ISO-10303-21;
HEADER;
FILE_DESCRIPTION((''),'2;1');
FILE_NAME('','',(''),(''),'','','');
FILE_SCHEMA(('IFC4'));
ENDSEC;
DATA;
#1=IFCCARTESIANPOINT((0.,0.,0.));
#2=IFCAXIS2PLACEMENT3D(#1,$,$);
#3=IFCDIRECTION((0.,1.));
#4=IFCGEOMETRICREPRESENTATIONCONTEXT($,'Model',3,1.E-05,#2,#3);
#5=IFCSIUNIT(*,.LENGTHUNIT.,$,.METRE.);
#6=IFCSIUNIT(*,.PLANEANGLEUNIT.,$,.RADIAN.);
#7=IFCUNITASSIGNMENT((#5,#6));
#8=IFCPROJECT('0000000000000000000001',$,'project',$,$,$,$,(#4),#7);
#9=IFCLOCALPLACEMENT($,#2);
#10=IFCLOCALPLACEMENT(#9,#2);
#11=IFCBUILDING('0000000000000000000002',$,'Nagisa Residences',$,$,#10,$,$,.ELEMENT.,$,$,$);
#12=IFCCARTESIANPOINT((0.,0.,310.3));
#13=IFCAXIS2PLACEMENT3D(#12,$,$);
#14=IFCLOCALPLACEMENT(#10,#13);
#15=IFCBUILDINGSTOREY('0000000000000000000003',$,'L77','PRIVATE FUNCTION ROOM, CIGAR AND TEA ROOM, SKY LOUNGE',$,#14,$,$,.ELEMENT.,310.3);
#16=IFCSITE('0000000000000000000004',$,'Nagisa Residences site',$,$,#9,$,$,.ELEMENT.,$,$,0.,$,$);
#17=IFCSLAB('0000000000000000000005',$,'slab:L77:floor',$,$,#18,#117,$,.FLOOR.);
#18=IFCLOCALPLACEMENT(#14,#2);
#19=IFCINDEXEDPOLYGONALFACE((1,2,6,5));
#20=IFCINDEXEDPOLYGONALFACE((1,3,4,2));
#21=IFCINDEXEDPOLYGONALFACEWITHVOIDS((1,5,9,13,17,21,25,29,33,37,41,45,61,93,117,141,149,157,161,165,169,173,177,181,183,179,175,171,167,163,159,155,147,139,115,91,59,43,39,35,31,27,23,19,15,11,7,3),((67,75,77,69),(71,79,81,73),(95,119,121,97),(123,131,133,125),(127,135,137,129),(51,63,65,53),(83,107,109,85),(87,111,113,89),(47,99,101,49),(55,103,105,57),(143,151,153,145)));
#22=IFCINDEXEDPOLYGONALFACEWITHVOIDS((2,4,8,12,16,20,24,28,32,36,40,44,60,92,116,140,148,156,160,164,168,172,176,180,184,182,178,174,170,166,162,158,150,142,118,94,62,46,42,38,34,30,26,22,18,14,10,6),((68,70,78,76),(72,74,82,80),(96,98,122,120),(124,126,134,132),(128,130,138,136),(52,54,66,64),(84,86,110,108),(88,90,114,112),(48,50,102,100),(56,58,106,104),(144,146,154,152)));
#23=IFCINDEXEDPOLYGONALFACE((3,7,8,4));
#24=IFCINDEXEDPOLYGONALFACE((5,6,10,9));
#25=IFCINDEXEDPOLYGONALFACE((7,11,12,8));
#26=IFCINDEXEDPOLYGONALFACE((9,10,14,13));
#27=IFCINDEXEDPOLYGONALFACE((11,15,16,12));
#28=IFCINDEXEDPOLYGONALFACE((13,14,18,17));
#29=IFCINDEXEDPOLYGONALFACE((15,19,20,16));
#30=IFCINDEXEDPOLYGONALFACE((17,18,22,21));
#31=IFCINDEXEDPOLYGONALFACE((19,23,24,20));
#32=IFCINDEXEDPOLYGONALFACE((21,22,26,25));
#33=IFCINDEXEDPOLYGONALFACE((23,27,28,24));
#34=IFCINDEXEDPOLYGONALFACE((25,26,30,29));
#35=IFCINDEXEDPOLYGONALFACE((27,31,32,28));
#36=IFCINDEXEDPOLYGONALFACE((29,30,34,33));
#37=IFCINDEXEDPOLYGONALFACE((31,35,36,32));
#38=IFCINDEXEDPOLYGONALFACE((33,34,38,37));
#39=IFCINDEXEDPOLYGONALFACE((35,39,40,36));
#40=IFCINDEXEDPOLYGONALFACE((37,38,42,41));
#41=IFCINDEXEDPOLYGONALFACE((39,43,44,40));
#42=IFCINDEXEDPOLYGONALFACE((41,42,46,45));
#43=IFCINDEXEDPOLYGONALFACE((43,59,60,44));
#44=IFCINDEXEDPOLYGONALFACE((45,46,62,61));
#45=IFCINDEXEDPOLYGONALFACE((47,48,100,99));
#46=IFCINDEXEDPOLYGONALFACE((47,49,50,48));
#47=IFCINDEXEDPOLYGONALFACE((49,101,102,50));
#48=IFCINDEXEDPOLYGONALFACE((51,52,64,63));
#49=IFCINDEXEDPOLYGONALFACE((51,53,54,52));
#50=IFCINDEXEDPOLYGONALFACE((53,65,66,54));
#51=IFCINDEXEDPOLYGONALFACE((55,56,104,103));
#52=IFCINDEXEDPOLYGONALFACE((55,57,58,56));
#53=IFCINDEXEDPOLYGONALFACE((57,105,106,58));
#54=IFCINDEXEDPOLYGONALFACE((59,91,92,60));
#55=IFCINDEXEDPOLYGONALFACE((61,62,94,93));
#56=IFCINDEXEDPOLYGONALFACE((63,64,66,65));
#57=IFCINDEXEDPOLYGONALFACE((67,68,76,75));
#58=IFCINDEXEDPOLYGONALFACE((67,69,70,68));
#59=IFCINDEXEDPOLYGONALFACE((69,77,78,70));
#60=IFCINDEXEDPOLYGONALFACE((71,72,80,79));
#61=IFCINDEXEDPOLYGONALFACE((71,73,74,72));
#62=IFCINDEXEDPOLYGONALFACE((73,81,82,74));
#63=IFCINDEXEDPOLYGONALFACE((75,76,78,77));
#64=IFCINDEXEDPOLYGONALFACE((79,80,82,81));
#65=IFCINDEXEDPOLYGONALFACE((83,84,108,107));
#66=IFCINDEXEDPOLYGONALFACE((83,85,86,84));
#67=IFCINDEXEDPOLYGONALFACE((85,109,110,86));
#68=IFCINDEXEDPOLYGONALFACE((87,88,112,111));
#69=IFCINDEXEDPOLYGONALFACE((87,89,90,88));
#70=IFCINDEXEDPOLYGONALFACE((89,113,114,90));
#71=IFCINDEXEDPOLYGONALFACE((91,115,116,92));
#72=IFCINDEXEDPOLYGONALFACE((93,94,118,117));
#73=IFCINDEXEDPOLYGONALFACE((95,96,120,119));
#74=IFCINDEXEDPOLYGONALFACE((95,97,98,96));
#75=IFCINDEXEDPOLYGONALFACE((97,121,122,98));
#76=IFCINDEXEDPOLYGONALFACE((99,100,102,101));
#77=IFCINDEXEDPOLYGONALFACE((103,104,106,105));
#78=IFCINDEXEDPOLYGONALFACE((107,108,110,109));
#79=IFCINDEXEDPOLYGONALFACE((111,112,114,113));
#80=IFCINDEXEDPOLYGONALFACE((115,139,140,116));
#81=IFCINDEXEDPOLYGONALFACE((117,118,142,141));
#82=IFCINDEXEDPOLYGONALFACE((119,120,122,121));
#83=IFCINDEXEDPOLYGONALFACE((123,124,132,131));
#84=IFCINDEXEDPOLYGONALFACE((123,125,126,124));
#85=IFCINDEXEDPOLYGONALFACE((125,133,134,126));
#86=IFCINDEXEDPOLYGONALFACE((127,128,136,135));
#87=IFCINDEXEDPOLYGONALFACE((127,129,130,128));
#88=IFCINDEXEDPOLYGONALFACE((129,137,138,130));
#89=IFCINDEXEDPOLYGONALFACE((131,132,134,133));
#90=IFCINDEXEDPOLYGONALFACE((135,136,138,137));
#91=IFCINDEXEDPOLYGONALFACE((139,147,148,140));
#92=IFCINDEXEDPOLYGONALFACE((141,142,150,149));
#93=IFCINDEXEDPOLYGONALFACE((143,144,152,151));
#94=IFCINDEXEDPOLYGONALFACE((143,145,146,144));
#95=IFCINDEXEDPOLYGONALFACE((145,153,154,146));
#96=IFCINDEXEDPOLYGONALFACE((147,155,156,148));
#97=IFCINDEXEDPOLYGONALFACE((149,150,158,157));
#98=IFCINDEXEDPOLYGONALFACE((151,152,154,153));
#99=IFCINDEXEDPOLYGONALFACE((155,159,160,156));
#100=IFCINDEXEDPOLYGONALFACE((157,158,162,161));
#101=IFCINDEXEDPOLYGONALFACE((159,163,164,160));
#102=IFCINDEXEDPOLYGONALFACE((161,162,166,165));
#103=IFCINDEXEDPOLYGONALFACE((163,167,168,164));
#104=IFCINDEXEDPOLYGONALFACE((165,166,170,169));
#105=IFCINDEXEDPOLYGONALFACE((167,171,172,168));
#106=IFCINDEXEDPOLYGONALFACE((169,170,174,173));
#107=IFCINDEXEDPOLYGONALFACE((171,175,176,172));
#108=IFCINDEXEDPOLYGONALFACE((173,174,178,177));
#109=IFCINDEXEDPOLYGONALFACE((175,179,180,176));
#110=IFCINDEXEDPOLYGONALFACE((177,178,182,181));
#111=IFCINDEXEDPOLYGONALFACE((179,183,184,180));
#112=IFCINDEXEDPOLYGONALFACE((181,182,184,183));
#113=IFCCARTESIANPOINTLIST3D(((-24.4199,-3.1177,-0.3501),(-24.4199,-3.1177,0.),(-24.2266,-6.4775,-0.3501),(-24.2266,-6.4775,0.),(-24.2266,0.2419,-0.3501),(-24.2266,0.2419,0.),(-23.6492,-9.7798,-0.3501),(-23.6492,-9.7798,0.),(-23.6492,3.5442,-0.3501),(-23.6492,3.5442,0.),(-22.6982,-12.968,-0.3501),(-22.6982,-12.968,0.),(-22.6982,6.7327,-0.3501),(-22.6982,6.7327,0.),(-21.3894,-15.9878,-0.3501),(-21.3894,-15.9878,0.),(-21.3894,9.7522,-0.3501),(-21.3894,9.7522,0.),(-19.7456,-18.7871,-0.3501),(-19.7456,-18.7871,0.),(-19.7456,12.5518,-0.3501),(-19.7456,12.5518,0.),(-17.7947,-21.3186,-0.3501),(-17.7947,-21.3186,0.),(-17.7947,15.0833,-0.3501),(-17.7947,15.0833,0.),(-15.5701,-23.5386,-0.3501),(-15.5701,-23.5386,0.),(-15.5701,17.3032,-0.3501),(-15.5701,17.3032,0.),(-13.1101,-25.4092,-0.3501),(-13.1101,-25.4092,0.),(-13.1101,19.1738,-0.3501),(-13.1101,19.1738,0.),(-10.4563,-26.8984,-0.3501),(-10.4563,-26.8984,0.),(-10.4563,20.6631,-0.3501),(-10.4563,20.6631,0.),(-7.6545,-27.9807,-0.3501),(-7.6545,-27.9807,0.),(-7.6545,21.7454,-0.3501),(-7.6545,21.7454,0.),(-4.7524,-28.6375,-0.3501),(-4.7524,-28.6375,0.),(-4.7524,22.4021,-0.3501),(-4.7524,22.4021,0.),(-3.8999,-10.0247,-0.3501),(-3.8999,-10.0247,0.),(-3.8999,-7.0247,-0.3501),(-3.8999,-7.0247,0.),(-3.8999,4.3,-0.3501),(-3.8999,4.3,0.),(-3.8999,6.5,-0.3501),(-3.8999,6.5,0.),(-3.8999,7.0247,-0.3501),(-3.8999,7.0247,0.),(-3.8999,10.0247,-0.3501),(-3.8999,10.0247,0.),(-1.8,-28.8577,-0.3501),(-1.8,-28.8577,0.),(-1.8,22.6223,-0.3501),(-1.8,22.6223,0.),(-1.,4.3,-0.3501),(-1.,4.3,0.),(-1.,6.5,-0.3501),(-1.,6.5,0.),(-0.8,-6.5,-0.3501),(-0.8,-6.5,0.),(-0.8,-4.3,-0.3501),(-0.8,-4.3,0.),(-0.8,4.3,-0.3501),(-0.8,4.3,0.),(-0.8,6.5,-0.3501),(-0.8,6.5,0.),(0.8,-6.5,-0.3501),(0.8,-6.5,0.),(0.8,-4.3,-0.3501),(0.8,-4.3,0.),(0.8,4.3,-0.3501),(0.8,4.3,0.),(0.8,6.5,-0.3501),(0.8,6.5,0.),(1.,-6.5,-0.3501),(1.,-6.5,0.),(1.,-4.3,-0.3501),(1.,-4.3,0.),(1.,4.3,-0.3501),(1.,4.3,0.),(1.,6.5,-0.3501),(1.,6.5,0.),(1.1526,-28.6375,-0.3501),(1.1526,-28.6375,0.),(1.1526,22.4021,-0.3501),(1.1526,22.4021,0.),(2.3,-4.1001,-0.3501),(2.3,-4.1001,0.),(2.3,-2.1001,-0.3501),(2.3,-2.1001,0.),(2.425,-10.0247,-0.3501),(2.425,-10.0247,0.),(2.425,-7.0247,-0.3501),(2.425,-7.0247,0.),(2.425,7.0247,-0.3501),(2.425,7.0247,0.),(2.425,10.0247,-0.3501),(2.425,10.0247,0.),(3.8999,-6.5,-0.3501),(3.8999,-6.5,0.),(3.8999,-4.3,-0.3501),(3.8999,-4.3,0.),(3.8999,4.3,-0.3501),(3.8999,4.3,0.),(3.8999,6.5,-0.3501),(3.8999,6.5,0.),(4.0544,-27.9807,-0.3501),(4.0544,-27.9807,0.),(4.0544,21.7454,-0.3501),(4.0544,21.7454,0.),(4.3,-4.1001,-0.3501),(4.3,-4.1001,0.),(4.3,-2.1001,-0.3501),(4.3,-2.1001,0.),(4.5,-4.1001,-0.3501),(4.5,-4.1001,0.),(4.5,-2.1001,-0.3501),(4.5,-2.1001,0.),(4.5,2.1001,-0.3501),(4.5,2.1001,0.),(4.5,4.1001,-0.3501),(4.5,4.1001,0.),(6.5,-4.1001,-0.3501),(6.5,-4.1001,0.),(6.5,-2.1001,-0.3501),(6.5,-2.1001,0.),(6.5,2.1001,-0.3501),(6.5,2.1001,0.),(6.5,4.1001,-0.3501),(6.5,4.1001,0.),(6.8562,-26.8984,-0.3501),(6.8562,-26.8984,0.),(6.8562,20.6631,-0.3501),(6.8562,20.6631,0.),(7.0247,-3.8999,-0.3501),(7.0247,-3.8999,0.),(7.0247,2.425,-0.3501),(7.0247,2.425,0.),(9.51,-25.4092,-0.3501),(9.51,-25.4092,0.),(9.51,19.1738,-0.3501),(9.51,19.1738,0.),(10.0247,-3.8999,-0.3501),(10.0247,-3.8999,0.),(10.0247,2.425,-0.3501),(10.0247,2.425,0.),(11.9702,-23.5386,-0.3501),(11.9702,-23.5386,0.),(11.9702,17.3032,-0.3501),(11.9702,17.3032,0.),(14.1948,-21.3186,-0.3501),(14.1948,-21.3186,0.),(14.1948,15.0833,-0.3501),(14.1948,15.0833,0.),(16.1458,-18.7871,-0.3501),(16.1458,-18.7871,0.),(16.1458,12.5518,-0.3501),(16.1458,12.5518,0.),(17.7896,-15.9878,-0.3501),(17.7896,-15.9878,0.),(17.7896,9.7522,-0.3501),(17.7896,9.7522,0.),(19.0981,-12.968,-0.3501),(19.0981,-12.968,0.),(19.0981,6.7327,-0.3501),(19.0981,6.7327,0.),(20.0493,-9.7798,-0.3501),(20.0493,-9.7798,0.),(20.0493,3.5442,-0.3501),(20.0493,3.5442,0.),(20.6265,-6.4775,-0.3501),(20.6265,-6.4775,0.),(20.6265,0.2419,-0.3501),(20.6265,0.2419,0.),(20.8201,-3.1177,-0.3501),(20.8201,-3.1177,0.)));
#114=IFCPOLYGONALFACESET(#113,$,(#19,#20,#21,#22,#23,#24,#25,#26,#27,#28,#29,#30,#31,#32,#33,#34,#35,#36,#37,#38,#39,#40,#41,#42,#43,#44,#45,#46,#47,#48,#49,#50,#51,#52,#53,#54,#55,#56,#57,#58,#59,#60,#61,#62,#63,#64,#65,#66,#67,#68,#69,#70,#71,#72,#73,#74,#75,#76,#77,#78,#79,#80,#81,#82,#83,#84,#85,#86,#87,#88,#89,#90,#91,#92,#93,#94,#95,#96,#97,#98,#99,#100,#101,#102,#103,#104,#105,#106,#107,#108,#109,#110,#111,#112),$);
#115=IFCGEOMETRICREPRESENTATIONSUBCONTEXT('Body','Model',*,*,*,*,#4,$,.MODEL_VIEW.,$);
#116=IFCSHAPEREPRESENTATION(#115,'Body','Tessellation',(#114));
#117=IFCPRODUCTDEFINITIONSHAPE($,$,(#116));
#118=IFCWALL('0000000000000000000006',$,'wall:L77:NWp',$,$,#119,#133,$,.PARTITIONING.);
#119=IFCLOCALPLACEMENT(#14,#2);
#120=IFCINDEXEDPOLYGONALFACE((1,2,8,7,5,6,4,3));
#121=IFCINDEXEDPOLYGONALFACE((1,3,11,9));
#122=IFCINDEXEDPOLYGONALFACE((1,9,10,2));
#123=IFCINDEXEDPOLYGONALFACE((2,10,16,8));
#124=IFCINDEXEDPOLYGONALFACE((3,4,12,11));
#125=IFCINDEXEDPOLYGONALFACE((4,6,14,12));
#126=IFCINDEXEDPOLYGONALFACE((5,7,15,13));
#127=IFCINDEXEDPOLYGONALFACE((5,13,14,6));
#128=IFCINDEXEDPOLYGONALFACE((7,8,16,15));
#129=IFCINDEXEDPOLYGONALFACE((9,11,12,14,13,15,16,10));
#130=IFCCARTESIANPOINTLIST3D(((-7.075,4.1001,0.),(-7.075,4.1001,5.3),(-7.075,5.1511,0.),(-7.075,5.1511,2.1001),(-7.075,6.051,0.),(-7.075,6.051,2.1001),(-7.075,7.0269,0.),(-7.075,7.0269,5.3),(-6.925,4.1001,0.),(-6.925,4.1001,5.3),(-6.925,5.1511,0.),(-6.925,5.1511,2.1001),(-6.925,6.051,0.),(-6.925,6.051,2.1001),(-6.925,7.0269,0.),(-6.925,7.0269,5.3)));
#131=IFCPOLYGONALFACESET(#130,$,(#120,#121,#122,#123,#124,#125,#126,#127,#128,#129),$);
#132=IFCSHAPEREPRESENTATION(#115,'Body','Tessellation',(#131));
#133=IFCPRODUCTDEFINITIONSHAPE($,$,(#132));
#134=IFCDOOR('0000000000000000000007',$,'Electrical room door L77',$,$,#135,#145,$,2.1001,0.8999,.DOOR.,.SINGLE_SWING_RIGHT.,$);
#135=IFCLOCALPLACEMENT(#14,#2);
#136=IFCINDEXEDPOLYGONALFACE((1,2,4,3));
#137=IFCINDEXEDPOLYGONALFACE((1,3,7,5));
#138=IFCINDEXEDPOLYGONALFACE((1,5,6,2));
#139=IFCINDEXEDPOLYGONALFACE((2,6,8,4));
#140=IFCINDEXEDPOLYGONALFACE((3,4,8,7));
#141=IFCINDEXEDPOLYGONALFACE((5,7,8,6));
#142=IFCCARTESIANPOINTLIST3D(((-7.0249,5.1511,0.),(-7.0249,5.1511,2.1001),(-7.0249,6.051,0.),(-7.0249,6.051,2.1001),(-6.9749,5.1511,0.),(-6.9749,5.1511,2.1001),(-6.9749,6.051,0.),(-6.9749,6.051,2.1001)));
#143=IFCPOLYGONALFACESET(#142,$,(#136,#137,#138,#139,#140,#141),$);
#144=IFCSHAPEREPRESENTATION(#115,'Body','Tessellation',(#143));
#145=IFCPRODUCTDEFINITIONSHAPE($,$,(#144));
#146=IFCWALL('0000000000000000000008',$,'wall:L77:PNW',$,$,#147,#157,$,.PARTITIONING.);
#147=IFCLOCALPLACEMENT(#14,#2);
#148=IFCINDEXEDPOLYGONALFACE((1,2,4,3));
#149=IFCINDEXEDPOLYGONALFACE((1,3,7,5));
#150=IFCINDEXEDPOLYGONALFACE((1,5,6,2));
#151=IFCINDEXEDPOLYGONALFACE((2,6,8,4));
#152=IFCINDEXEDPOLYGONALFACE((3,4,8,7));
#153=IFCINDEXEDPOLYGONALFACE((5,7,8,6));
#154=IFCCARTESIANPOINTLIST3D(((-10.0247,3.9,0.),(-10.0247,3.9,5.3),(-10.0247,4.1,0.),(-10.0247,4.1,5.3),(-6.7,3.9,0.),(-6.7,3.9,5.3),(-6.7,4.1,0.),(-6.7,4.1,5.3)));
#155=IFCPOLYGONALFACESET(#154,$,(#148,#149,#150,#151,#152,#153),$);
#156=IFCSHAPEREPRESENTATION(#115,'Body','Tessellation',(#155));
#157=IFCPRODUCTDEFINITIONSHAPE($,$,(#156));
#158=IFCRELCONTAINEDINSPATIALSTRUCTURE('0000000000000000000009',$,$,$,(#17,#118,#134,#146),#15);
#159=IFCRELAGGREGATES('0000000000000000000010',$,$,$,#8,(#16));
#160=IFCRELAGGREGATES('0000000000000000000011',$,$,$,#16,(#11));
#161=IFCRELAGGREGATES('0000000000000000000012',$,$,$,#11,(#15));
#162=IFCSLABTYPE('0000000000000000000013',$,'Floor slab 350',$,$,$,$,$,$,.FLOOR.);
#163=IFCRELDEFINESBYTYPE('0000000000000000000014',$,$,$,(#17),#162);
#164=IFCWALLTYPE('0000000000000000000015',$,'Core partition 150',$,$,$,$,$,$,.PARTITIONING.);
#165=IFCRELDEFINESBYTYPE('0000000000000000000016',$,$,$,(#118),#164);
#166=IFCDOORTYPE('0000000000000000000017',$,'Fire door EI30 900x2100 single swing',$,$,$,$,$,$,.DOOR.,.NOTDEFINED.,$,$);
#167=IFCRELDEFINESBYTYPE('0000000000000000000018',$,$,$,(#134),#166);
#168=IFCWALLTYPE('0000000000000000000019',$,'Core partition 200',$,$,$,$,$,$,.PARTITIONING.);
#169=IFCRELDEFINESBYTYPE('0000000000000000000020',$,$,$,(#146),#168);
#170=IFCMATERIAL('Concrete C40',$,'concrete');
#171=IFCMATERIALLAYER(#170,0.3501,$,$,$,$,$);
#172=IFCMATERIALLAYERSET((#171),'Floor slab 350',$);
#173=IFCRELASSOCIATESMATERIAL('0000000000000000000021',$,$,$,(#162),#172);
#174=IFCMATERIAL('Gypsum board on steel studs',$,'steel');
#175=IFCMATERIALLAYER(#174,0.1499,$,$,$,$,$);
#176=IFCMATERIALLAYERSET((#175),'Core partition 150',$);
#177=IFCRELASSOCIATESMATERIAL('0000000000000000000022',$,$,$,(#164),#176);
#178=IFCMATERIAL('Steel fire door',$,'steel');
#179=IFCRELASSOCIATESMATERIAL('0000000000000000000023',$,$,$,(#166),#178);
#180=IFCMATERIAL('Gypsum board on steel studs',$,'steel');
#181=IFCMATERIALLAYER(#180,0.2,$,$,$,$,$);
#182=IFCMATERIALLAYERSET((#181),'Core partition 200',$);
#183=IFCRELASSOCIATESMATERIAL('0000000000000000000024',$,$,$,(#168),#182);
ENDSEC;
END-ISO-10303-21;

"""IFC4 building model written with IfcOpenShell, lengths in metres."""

from ifc_helpers import new_model, si_unit, direction, frame, frame_2d, origin, place, context, subcontext, project, spatial, polyline, rectangle, outline, extrude, material, layer, layer_set, type_object, element, fill, save


model = new_model("IFC4")

# Units and contexts
model_context = context("Model", 3, precision=1e-05, world=origin(), true_north=direction((0.0, 1.0)))
body_context = subcontext(model_context, "Body", "Model", "MODEL_VIEW")
ifc_project = project(units=[si_unit("LENGTHUNIT", "METRE"), si_unit("PLANEANGLEUNIT", "RADIAN")], contexts=[model_context])

# Site, building, storey
site_placement = place(None, origin())
site = spatial("IfcSite", under=ifc_project, at=site_placement, Name="Nagisa Residences site", CompositionType="ELEMENT", RefElevation=0.0)
building_placement = place(site_placement, origin())
building = spatial("IfcBuilding", under=site, at=building_placement, Name="Nagisa Residences", CompositionType="ELEMENT")
storey_placement = place(building_placement, frame((0.0, 0.0, 310.3)))
storey = spatial("IfcBuildingStorey", under=building, at=storey_placement, Name="L77", Description="PRIVATE FUNCTION ROOM, CIGAR AND TEA ROOM, SKY LOUNGE", CompositionType="ELEMENT", Elevation=310.3)

# Slab
ifc_material_1 = material(Name="Concrete C40", Category="concrete")
ifc_layer_1 = layer(ifc_material_1, 0.3501)
ifc_layer_set_1 = layer_set([ifc_layer_1], Name="Floor slab 350")
slab_type = type_object("IfcSlabType", Name="Floor slab 350", PredefinedType="FLOOR", material=ifc_layer_set_1)
slab_placement = place(storey_placement, frame((0.0, 0.0, -0.3501)))
element("IfcSlab", 1, at=slab_placement, inside=storey, type_object=slab_type, Name="slab:L77:floor", PredefinedType="FLOOR", context=body_context, shape_type="SweptSolid", body=[
    extrude(outline(polyline([(20.8201, -3.1177), (20.6265, 0.2419), (20.0493, 3.5442), (19.0981, 6.7327), (17.7896, 9.7522), (16.1458, 12.5518), (14.1948, 15.0833), (11.9702, 17.3032), (9.51, 19.1738), (6.8562, 20.6631), (4.0544, 21.7454), (1.1526, 22.4021), (-1.8, 22.6223), (-4.7524, 22.4021), (-7.6545, 21.7454), (-10.4563, 20.6631), (-13.1101, 19.1738), (-15.5701, 17.3032), (-17.7947, 15.0833), (-19.7456, 12.5518), (-21.3894, 9.7522), (-22.6982, 6.7327), (-23.6492, 3.5442), (-24.2266, 0.2419), (-24.4199, -3.1177), (-24.2266, -6.4775), (-23.6492, -9.7798), (-22.6982, -12.968), (-21.3894, -15.9878), (-19.7456, -18.7871), (-17.7947, -21.3186), (-15.5701, -23.5386), (-13.1101, -25.4092), (-10.4563, -26.8984), (-7.6545, -27.9807), (-4.7524, -28.6375), (-1.8, -28.8577), (1.1526, -28.6375), (4.0544, -27.9807), (6.8562, -26.8984), (9.51, -25.4092), (11.9702, -23.5386), (14.1948, -21.3186), (16.1458, -18.7871), (17.7896, -15.9878), (19.0981, -12.968), (20.0493, -9.7798), (20.6265, -6.4775), (20.8201, -3.1177)]), holes=[polyline([(6.5, 2.1001), (6.5, 4.1001), (4.5, 4.1001), (4.5, 2.1001), (6.5, 2.1001)]), polyline([(4.3, -4.1001), (4.3, -2.1001), (2.3, -2.1001), (2.3, -4.1001), (4.3, -4.1001)]), polyline([(6.5, -4.1001), (6.5, -2.1001), (4.5, -2.1001), (4.5, -4.1001), (6.5, -4.1001)]), polyline([(3.8999, 4.3), (3.8999, 6.5), (1.0, 6.5), (1.0, 4.3), (3.8999, 4.3)]), polyline([(3.8999, -6.5), (3.8999, -4.3), (1.0, -4.3), (1.0, -6.5), (3.8999, -6.5)]), polyline([(-1.0, 4.3), (-1.0, 6.5), (-3.8999, 6.5), (-3.8999, 4.3), (-1.0, 4.3)]), polyline([(0.8, 4.3), (0.8, 6.5), (-0.8, 6.5), (-0.8, 4.3), (0.8, 4.3)]), polyline([(0.8, -6.5), (0.8, -4.3), (-0.8, -4.3), (-0.8, -6.5), (0.8, -6.5)]), polyline([(10.0247, -3.8999), (7.0247, -3.8999), (7.0247, 2.425), (10.0247, 2.425), (10.0247, -3.8999)]), polyline([(-3.8999, 7.0247), (-3.8999, 10.0247), (2.425, 10.0247), (2.425, 7.0247), (-3.8999, 7.0247)]), polyline([(-3.8999, -10.0247), (-3.8999, -7.0247), (2.425, -7.0247), (2.425, -10.0247), (-3.8999, -10.0247)])]), origin(), (0.0, 0.0, 1.0), 0.3501),
])

# Wall, opening, door
ifc_material_2 = material(Name="Gypsum board on steel studs", Category="steel")
ifc_layer_2 = layer(ifc_material_2, 0.1499)
ifc_layer_set_2 = layer_set([ifc_layer_2], Name="Core partition 150")
wall_type_1 = type_object("IfcWallType", Name="Core partition 150", PredefinedType="PARTITIONING", material=ifc_layer_set_2)
wall_1_placement = place(storey_placement, frame((-7.0, 4.1001, 0.0), z_axis=(0.0, 0.0, 1.0), x_axis=(0.0, 1.0, 0.0)))
wall_1 = element("IfcWall", 2, at=wall_1_placement, inside=storey, type_object=wall_type_1, Name="wall:L77:NWp", PredefinedType="PARTITIONING", context=body_context, shape_type="SweptSolid", body=[
    extrude(rectangle(XDim=2.9268, YDim=0.1499, at=frame_2d((1.4634, 0.0))), origin(), (0.0, 0.0, 1.0), 5.3),
])
opening_1_placement = place(wall_1_placement, frame((1.051, 0.0, 0.0)))
opening_1 = element("IfcOpeningElement", 3, at=opening_1_placement, cuts=wall_1, PredefinedType="OPENING", context=body_context, shape_type="SweptSolid", body=[
    extrude(rectangle(XDim=0.8999, YDim=2.1001, at=frame_2d((0.45, 1.05))), frame((0.0, 0.085, 0.0), z_axis=(0.0, -1.0, 0.0), x_axis=(1.0, 0.0, 0.0)), (0.0, 0.0, 1.0), 0.1699),
])
ifc_material_3 = material(Name="Steel fire door", Category="steel")
door_type_1 = type_object("IfcDoorType", Name="Fire door EI30 900x2100 single swing", OperationType="NOTDEFINED", PredefinedType="DOOR", material=ifc_material_3)
door_1_placement = place(opening_1_placement, origin())
door_1 = element("IfcDoor", 4, at=door_1_placement, inside=storey, type_object=door_type_1, Name="Electrical room door L77", OperationType="SINGLE_SWING_RIGHT", OverallHeight=2.1001, OverallWidth=0.8999, PredefinedType="DOOR", context=body_context, shape_type="SweptSolid", body=[
    extrude(rectangle(XDim=0.8999, YDim=2.1001, at=frame_2d((0.45, 1.05))), frame((0.0, 0.0249, 0.0), z_axis=(0.0, -1.0, 0.0), x_axis=(1.0, 0.0, 0.0)), (0.0, 0.0, 1.0), 0.05),
])
fill(opening_1, door_1)

# Wall
ifc_material_4 = material(Name="Gypsum board on steel studs", Category="steel")
ifc_layer_3 = layer(ifc_material_4, 0.2)
ifc_layer_set_3 = layer_set([ifc_layer_3], Name="Core partition 200")
wall_type_2 = type_object("IfcWallType", Name="Core partition 200", PredefinedType="PARTITIONING", material=ifc_layer_set_3)
wall_2_placement = place(storey_placement, frame((-10.0247, 4.0, 0.0), z_axis=(0.0, 0.0, 1.0), x_axis=(1.0, 0.0, 0.0)))
element("IfcWall", 5, at=wall_2_placement, inside=storey, type_object=wall_type_2, Name="wall:L77:PNW", PredefinedType="PARTITIONING", context=body_context, shape_type="SweptSolid", body=[
    extrude(rectangle(XDim=3.3247, YDim=0.2, at=frame_2d((1.6624, 0.0))), origin(), (0.0, 0.0, 1.0), 5.3),
])

save(model, "model.ifc")
